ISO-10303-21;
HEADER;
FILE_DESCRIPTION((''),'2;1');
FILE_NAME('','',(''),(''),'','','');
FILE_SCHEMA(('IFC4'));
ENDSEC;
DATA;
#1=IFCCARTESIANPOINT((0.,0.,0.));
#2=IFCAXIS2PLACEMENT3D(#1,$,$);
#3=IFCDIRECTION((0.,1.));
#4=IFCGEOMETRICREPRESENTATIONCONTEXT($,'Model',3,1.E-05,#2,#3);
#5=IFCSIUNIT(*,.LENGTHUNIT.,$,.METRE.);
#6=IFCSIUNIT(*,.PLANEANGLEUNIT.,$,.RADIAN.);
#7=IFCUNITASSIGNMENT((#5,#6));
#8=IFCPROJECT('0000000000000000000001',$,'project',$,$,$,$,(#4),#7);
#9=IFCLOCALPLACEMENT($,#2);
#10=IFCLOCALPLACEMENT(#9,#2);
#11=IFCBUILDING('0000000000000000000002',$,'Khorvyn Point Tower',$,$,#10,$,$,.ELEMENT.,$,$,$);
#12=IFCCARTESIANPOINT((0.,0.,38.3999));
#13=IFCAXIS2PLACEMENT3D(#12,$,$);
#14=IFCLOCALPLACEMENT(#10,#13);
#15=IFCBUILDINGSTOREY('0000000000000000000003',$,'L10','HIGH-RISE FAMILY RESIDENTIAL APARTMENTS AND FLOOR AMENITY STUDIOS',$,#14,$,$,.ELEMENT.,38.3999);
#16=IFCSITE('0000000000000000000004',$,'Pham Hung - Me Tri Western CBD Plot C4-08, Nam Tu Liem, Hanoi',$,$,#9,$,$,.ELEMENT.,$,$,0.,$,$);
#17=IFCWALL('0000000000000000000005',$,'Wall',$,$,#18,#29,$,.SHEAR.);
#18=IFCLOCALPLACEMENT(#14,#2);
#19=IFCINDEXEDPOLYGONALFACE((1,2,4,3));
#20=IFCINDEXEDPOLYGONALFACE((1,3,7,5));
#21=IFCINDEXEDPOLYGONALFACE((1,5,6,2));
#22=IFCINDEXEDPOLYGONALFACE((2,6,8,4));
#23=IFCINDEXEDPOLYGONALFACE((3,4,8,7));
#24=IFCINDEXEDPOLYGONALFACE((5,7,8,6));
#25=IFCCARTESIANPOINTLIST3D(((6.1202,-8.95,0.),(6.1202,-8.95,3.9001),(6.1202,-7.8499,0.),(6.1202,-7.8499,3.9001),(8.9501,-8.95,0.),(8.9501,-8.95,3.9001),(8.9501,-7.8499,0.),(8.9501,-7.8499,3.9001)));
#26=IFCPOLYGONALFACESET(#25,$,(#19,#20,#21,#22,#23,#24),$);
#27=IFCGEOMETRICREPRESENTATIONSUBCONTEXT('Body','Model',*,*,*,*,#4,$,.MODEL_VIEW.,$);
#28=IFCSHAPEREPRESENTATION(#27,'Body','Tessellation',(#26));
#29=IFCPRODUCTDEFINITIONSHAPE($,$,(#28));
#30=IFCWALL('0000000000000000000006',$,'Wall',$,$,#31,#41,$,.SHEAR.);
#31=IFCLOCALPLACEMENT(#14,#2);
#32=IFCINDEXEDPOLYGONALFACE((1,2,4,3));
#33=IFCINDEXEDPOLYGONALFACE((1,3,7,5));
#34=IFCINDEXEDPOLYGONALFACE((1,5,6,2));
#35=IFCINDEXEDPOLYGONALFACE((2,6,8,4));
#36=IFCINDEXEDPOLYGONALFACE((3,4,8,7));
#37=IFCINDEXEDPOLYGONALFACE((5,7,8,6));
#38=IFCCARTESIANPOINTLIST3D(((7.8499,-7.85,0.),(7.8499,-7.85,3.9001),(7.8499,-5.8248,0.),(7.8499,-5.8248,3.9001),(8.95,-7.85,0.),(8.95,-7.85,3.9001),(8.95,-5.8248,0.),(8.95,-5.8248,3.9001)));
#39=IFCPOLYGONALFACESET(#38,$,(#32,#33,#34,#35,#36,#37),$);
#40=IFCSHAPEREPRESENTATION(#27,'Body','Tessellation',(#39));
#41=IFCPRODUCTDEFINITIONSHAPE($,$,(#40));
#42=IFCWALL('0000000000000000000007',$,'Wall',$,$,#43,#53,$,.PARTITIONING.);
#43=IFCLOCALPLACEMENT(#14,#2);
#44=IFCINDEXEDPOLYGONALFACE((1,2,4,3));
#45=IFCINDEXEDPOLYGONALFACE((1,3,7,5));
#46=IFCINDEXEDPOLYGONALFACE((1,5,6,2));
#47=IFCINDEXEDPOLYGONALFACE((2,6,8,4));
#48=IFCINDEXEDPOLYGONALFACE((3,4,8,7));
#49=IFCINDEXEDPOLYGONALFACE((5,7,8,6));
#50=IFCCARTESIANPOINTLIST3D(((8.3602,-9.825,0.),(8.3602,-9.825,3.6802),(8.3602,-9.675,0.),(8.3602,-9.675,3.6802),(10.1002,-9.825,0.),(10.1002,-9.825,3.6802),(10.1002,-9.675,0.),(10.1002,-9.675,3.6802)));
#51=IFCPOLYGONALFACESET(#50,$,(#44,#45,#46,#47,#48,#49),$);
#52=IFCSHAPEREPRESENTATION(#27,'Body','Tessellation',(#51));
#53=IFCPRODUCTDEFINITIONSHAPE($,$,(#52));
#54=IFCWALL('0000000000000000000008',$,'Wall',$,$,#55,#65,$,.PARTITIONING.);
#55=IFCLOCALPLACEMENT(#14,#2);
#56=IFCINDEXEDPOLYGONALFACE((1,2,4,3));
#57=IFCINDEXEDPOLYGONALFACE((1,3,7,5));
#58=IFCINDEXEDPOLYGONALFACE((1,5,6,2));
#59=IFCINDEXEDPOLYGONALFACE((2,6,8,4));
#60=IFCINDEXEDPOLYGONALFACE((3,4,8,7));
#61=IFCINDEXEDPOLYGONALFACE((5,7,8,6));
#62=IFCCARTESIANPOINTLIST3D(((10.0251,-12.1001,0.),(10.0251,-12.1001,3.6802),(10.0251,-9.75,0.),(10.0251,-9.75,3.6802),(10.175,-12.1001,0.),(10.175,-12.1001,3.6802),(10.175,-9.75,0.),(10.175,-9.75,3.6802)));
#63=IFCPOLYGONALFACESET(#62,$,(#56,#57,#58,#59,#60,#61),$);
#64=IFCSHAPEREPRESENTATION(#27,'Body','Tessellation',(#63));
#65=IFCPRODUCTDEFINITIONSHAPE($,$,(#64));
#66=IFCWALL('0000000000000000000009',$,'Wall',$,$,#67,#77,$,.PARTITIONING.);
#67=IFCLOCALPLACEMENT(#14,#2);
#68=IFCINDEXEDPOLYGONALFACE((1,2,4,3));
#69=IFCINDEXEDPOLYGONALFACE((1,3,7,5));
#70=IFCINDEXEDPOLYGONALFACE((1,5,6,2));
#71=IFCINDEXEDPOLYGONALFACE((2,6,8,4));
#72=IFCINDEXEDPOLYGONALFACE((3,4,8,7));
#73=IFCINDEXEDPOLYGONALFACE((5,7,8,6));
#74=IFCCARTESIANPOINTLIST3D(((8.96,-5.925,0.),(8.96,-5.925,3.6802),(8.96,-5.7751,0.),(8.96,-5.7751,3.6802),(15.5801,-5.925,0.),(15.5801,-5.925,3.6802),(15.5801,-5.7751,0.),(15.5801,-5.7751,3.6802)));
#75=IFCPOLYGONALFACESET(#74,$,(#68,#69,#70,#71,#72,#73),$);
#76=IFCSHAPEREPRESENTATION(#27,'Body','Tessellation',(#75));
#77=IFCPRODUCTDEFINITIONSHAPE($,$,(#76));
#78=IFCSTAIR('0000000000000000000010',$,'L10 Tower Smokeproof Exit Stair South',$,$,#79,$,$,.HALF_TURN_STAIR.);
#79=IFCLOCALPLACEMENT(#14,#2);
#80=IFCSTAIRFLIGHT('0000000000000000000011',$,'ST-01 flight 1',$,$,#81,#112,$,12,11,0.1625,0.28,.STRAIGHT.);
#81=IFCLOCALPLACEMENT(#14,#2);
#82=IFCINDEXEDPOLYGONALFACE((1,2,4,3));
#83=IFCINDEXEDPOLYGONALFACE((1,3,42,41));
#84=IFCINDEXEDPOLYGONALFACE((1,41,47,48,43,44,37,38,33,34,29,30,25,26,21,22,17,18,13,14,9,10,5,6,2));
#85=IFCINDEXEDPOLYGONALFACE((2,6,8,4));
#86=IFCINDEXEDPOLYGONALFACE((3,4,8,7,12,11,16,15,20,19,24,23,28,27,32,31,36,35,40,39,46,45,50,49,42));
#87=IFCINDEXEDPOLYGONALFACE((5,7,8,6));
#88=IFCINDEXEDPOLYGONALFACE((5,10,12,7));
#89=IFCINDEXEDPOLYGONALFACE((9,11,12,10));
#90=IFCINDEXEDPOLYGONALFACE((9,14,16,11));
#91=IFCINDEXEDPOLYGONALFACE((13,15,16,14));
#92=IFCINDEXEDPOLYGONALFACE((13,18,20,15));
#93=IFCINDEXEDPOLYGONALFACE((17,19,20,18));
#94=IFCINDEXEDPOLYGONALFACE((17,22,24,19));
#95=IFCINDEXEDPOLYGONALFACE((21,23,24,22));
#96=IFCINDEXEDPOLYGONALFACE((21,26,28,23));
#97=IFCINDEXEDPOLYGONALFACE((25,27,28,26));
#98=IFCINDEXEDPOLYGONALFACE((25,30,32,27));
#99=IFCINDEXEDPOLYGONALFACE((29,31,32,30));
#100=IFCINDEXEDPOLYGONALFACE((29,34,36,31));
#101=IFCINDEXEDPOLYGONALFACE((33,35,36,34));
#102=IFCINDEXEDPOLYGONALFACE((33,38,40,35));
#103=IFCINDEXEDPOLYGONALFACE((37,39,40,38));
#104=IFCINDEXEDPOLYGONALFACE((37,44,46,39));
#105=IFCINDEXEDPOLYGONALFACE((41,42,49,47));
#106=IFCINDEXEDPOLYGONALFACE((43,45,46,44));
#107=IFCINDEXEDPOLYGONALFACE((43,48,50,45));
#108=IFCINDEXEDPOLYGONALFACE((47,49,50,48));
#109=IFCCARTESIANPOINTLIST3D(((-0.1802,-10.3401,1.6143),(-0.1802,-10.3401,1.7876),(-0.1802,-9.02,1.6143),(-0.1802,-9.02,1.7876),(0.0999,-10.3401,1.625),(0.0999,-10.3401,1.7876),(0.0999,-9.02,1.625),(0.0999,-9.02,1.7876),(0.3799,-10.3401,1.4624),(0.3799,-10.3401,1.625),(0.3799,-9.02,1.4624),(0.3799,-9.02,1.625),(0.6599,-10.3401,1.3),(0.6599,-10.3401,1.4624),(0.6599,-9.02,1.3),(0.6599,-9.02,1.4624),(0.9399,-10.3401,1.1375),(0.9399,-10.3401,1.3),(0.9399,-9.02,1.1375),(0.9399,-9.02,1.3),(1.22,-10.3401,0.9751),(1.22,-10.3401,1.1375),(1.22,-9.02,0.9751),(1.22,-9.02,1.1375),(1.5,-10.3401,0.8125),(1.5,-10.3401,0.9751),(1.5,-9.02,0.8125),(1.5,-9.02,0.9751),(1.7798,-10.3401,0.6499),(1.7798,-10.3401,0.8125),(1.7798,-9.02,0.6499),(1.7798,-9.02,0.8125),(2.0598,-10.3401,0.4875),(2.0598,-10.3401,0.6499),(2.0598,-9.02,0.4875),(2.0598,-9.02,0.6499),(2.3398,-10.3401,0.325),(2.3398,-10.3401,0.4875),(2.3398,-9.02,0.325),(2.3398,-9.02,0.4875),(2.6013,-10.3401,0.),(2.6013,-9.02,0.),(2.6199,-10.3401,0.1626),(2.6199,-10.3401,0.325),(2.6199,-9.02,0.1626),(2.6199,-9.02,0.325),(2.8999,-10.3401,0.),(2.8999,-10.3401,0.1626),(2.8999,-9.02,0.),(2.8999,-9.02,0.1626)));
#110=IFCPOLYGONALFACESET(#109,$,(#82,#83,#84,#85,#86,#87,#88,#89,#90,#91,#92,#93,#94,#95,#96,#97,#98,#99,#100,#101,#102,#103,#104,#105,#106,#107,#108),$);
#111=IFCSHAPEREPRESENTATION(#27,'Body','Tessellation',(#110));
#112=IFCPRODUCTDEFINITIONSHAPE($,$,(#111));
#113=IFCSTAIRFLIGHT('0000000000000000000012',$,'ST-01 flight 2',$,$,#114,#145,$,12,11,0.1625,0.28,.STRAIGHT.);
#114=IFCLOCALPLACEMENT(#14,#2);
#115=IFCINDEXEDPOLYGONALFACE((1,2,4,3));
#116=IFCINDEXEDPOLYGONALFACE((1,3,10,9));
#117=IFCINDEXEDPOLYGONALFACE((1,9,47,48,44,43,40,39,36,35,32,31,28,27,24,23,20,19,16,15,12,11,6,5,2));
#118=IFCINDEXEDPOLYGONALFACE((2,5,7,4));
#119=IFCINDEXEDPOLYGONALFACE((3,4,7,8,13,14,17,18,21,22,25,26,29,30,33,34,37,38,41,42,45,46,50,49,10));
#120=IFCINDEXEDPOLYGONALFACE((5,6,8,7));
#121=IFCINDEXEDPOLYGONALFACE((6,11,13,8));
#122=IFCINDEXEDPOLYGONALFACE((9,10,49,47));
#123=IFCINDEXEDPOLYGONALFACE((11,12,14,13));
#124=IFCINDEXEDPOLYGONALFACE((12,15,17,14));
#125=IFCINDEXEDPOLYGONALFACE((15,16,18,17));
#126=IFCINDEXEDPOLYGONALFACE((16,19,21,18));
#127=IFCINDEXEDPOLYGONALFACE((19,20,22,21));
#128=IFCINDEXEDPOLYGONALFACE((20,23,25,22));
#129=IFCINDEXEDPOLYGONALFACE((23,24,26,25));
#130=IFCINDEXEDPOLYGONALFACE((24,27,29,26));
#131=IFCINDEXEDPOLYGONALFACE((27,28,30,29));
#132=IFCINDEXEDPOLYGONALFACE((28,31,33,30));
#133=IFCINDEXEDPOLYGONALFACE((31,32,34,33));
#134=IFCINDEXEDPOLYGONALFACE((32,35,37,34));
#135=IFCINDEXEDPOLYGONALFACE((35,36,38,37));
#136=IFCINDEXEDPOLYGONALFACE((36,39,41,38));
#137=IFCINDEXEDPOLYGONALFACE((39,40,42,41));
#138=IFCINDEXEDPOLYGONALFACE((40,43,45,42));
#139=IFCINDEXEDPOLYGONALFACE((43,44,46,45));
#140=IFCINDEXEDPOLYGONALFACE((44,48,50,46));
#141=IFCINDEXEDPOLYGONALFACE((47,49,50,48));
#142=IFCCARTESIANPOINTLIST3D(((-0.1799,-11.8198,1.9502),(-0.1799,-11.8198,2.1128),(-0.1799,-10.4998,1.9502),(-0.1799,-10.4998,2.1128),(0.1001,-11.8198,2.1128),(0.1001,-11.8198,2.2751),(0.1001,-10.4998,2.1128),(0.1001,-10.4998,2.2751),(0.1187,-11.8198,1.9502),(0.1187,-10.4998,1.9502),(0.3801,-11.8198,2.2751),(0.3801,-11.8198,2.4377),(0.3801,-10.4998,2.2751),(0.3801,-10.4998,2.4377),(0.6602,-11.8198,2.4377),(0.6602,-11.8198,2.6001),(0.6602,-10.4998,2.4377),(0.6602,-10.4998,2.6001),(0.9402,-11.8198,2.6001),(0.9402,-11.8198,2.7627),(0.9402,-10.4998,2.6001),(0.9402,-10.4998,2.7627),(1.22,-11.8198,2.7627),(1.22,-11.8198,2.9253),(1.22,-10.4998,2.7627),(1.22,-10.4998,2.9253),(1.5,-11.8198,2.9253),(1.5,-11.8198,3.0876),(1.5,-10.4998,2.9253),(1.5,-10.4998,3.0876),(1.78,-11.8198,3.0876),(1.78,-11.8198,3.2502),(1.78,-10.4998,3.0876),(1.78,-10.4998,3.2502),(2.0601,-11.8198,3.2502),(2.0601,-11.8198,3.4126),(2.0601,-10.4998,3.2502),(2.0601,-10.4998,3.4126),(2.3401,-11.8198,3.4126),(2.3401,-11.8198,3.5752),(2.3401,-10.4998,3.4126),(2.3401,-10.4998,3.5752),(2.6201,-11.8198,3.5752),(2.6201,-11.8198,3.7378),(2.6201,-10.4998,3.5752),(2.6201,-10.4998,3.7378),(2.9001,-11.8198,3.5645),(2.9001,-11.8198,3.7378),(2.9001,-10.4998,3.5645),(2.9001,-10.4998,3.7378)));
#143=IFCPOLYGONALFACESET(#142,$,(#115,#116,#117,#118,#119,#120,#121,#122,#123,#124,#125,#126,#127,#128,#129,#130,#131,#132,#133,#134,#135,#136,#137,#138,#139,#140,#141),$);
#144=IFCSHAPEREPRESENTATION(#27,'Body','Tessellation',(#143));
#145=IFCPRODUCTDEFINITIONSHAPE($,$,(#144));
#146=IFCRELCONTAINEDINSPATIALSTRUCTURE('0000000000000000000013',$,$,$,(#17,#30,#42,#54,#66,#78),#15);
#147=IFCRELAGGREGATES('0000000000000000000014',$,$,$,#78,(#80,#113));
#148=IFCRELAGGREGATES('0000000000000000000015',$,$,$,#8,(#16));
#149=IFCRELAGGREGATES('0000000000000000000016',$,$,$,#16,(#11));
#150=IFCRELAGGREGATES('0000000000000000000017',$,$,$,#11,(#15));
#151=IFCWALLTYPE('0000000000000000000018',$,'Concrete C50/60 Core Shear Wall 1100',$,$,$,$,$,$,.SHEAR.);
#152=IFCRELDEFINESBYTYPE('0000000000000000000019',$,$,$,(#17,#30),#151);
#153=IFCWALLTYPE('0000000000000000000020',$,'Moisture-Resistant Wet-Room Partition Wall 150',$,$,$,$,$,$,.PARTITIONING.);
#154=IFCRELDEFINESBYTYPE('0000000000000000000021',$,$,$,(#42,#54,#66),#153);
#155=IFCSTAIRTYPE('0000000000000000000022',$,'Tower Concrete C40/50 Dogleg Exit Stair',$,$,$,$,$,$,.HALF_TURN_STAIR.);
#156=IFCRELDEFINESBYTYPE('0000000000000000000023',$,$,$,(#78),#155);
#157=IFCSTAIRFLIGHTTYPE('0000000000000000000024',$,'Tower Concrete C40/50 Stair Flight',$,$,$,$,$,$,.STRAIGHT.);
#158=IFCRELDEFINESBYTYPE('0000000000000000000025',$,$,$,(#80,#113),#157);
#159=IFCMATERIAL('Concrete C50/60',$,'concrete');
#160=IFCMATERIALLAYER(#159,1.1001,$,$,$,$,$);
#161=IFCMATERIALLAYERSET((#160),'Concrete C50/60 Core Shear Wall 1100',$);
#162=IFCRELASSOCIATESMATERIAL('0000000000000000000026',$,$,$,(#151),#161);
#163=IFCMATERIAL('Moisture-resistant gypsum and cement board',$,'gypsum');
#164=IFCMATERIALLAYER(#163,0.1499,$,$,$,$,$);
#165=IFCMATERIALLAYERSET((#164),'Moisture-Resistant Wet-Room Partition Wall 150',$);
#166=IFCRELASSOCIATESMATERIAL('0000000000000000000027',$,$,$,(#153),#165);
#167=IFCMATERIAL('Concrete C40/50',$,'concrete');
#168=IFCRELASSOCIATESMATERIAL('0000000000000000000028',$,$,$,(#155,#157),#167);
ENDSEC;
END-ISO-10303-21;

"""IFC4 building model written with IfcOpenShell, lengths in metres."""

from ifc_helpers import new_model, si_unit, direction, frame, frame_2d, origin, place, context, subcontext, project, spatial, polyline, rectangle, outline, extrude, material, layer, layer_set, type_object, element, aggregate, save


model = new_model("IFC4")

# Units and contexts
model_context = context("Model", 3, precision=1e-05, world=origin(), true_north=direction((0.0, 1.0)))
body_context = subcontext(model_context, "Body", "Model", "MODEL_VIEW")
ifc_project = project(units=[si_unit("LENGTHUNIT", "METRE"), si_unit("PLANEANGLEUNIT", "RADIAN")], contexts=[model_context])

# Site, building, storey
site_placement = place(None, origin())
site = spatial("IfcSite", under=ifc_project, at=site_placement, Name="Pham Hung - Me Tri Western CBD Plot C4-08, Nam Tu Liem, Hanoi", CompositionType="ELEMENT", RefElevation=0.0)
building_placement = place(site_placement, origin())
building = spatial("IfcBuilding", under=site, at=building_placement, Name="Khorvyn Point Tower", CompositionType="ELEMENT")
storey_placement = place(building_placement, frame((0.0, 0.0, 38.3999)))
storey = spatial("IfcBuildingStorey", under=building, at=storey_placement, Name="L10", Description="HIGH-RISE FAMILY RESIDENTIAL APARTMENTS AND FLOOR AMENITY STUDIOS", CompositionType="ELEMENT", Elevation=38.3999)

# Shared definitions
ifc_material_1 = material(Name="Concrete C50/60", Category="concrete")

# Shared definitions
ifc_material_2 = material(Name="Concrete C40/50", Category="concrete")

# Walls
ifc_layer_1 = layer(ifc_material_1, 1.1001)
ifc_layer_set_1 = layer_set([ifc_layer_1], Name="Concrete C50/60 Core Shear Wall 1100")
wall_type_1 = type_object("IfcWallType", Name="Concrete C50/60 Core Shear Wall 1100", PredefinedType="SHEAR", material=ifc_layer_set_1)
wall_1_placement = place(storey_placement, frame((6.1201, -8.3999, 0.0), z_axis=(0.0, 0.0, 1.0), x_axis=(1.0, 0.0, 0.0)))
element("IfcWall", 1, at=wall_1_placement, inside=storey, type_object=wall_type_1, Name="Wall", PredefinedType="SHEAR", context=body_context, shape_type="SweptSolid", body=[
    extrude(rectangle(XDim=2.8298, YDim=1.1001, at=frame_2d((1.415, 0.0))), origin(), (0.0, 0.0, 1.0), 3.9001),
])
wall_2_placement = place(storey_placement, frame((8.3999, -7.8501, 0.0), z_axis=(0.0, 0.0, 1.0), x_axis=(0.0, 1.0, 0.0)))
element("IfcWall", 2, at=wall_2_placement, inside=storey, type_object=wall_type_1, Name="Wall", PredefinedType="SHEAR", context=body_context, shape_type="SweptSolid", body=[
    extrude(rectangle(XDim=2.0251, YDim=1.1001, at=frame_2d((1.0127, 0.0))), origin(), (0.0, 0.0, 1.0), 3.9001),
])
ifc_material_3 = material(Name="Moisture-resistant gypsum and cement board", Category="gypsum")
ifc_layer_2 = layer(ifc_material_3, 0.1499)
ifc_layer_set_2 = layer_set([ifc_layer_2], Name="Moisture-Resistant Wet-Room Partition Wall 150")
wall_type_2 = type_object("IfcWallType", Name="Moisture-Resistant Wet-Room Partition Wall 150", PredefinedType="PARTITIONING", material=ifc_layer_set_2)
wall_3_placement = place(storey_placement, frame((8.3601, -9.75, 0.0), z_axis=(0.0, 0.0, 1.0), x_axis=(1.0, 0.0, 0.0)))
element("IfcWall", 3, at=wall_3_placement, inside=storey, type_object=wall_type_2, Name="Wall", PredefinedType="PARTITIONING", context=body_context, shape_type="SweptSolid", body=[
    extrude(rectangle(XDim=1.74, YDim=0.1499, at=frame_2d((0.8701, 0.0))), origin(), (0.0, 0.0, 1.0), 3.6802),
])
wall_4_placement = place(storey_placement, frame((10.1001, -12.1001, 0.0), z_axis=(0.0, 0.0, 1.0), x_axis=(0.0, 1.0, 0.0)))
element("IfcWall", 4, at=wall_4_placement, inside=storey, type_object=wall_type_2, Name="Wall", PredefinedType="PARTITIONING", context=body_context, shape_type="SweptSolid", body=[
    extrude(rectangle(XDim=2.3501, YDim=0.1499, at=frame_2d((1.175, 0.0))), origin(), (0.0, 0.0, 1.0), 3.6802),
])
wall_5_placement = place(storey_placement, frame((8.96, -5.8501, 0.0), z_axis=(0.0, 0.0, 1.0), x_axis=(1.0, 0.0, 0.0)))
element("IfcWall", 5, at=wall_5_placement, inside=storey, type_object=wall_type_2, Name="Wall", PredefinedType="PARTITIONING", context=body_context, shape_type="SweptSolid", body=[
    extrude(rectangle(XDim=6.6201, YDim=0.1499, at=frame_2d((3.3101, 0.0))), origin(), (0.0, 0.0, 1.0), 3.6802),
])

# Stair, stair flights
stair_type = type_object("IfcStairType", Name="Tower Concrete C40/50 Dogleg Exit Stair", PredefinedType="HALF_TURN_STAIR", material=ifc_material_2)
stair_placement = place(storey_placement, origin())
stair = element("IfcStair", 6, at=stair_placement, inside=storey, type_object=stair_type, Name="L10 Tower Smokeproof Exit Stair South", PredefinedType="HALF_TURN_STAIR")
stair_flight_type = type_object("IfcStairFlightType", Name="Tower Concrete C40/50 Stair Flight", PredefinedType="STRAIGHT", material=ifc_material_2)
stair_flight_1_placement = place(storey_placement, frame((2.8999, -9.6799, 0.0), z_axis=(0.0, 0.0, 1.0), x_axis=(-1.0, 0.0, 0.0)))
stair_flight_1 = element("IfcStairFlight", 7, at=stair_flight_1_placement, type_object=stair_flight_type, Name="ST-01 flight 1", NumberOfRisers=12, NumberOfTreads=11, PredefinedType="STRAIGHT", RiserHeight=0.1625, TreadLength=0.28, context=body_context, shape_type="SweptSolid", body=[
    extrude(outline(polyline([(0.0, 0.0), (0.0, 0.1626), (0.28, 0.1626), (0.28, 0.325), (0.5601, 0.325), (0.5601, 0.4875), (0.8401, 0.4875), (0.8401, 0.6499), (1.1201, 0.6499), (1.1201, 0.8125), (1.3999, 0.8125), (1.3999, 0.9751), (1.6799, 0.9751), (1.6799, 1.1375), (1.96, 1.1375), (1.96, 1.3), (2.24, 1.3), (2.24, 1.4624), (2.52, 1.4624), (2.52, 1.625), (2.8, 1.625), (2.8, 1.7876), (3.0801, 1.7876), (3.0801, 1.95), (3.0801, 1.6143), (0.2986, 0.0), (0.0, 0.0)])), frame((0.0, 0.6602, 0.0), z_axis=(0.0, -1.0, 0.0), x_axis=(1.0, 0.0, 0.0)), (0.0, 0.0, 1.0), 1.3201),
])
stair_flight_2_placement = place(storey_placement, frame((-0.1799, -11.1599, 1.9502), z_axis=(0.0, 0.0, 1.0), x_axis=(1.0, 0.0, 0.0)))
stair_flight_2 = element("IfcStairFlight", 8, at=stair_flight_2_placement, type_object=stair_flight_type, Name="ST-01 flight 2", NumberOfRisers=12, NumberOfTreads=11, PredefinedType="STRAIGHT", RiserHeight=0.1625, TreadLength=0.28, context=body_context, shape_type="SweptSolid", body=[
    extrude(outline(polyline([(0.0, 0.0), (0.0, 0.1626), (0.28, 0.1626), (0.28, 0.325), (0.5601, 0.325), (0.5601, 0.4875), (0.8401, 0.4875), (0.8401, 0.6499), (1.1201, 0.6499), (1.1201, 0.8125), (1.3999, 0.8125), (1.3999, 0.9751), (1.6799, 0.9751), (1.6799, 1.1375), (1.96, 1.1375), (1.96, 1.3), (2.24, 1.3), (2.24, 1.4624), (2.52, 1.4624), (2.52, 1.625), (2.8, 1.625), (2.8, 1.7876), (3.0801, 1.7876), (3.0801, 1.95), (3.0801, 1.6143), (0.2986, 0.0), (0.0, 0.0)])), frame((0.0, 0.6602, 0.0), z_axis=(0.0, -1.0, 0.0), x_axis=(1.0, 0.0, 0.0)), (0.0, 0.0, 1.0), 1.3201),
])
aggregate(stair, [stair_flight_1, stair_flight_2])

save(model, "model.ifc")
